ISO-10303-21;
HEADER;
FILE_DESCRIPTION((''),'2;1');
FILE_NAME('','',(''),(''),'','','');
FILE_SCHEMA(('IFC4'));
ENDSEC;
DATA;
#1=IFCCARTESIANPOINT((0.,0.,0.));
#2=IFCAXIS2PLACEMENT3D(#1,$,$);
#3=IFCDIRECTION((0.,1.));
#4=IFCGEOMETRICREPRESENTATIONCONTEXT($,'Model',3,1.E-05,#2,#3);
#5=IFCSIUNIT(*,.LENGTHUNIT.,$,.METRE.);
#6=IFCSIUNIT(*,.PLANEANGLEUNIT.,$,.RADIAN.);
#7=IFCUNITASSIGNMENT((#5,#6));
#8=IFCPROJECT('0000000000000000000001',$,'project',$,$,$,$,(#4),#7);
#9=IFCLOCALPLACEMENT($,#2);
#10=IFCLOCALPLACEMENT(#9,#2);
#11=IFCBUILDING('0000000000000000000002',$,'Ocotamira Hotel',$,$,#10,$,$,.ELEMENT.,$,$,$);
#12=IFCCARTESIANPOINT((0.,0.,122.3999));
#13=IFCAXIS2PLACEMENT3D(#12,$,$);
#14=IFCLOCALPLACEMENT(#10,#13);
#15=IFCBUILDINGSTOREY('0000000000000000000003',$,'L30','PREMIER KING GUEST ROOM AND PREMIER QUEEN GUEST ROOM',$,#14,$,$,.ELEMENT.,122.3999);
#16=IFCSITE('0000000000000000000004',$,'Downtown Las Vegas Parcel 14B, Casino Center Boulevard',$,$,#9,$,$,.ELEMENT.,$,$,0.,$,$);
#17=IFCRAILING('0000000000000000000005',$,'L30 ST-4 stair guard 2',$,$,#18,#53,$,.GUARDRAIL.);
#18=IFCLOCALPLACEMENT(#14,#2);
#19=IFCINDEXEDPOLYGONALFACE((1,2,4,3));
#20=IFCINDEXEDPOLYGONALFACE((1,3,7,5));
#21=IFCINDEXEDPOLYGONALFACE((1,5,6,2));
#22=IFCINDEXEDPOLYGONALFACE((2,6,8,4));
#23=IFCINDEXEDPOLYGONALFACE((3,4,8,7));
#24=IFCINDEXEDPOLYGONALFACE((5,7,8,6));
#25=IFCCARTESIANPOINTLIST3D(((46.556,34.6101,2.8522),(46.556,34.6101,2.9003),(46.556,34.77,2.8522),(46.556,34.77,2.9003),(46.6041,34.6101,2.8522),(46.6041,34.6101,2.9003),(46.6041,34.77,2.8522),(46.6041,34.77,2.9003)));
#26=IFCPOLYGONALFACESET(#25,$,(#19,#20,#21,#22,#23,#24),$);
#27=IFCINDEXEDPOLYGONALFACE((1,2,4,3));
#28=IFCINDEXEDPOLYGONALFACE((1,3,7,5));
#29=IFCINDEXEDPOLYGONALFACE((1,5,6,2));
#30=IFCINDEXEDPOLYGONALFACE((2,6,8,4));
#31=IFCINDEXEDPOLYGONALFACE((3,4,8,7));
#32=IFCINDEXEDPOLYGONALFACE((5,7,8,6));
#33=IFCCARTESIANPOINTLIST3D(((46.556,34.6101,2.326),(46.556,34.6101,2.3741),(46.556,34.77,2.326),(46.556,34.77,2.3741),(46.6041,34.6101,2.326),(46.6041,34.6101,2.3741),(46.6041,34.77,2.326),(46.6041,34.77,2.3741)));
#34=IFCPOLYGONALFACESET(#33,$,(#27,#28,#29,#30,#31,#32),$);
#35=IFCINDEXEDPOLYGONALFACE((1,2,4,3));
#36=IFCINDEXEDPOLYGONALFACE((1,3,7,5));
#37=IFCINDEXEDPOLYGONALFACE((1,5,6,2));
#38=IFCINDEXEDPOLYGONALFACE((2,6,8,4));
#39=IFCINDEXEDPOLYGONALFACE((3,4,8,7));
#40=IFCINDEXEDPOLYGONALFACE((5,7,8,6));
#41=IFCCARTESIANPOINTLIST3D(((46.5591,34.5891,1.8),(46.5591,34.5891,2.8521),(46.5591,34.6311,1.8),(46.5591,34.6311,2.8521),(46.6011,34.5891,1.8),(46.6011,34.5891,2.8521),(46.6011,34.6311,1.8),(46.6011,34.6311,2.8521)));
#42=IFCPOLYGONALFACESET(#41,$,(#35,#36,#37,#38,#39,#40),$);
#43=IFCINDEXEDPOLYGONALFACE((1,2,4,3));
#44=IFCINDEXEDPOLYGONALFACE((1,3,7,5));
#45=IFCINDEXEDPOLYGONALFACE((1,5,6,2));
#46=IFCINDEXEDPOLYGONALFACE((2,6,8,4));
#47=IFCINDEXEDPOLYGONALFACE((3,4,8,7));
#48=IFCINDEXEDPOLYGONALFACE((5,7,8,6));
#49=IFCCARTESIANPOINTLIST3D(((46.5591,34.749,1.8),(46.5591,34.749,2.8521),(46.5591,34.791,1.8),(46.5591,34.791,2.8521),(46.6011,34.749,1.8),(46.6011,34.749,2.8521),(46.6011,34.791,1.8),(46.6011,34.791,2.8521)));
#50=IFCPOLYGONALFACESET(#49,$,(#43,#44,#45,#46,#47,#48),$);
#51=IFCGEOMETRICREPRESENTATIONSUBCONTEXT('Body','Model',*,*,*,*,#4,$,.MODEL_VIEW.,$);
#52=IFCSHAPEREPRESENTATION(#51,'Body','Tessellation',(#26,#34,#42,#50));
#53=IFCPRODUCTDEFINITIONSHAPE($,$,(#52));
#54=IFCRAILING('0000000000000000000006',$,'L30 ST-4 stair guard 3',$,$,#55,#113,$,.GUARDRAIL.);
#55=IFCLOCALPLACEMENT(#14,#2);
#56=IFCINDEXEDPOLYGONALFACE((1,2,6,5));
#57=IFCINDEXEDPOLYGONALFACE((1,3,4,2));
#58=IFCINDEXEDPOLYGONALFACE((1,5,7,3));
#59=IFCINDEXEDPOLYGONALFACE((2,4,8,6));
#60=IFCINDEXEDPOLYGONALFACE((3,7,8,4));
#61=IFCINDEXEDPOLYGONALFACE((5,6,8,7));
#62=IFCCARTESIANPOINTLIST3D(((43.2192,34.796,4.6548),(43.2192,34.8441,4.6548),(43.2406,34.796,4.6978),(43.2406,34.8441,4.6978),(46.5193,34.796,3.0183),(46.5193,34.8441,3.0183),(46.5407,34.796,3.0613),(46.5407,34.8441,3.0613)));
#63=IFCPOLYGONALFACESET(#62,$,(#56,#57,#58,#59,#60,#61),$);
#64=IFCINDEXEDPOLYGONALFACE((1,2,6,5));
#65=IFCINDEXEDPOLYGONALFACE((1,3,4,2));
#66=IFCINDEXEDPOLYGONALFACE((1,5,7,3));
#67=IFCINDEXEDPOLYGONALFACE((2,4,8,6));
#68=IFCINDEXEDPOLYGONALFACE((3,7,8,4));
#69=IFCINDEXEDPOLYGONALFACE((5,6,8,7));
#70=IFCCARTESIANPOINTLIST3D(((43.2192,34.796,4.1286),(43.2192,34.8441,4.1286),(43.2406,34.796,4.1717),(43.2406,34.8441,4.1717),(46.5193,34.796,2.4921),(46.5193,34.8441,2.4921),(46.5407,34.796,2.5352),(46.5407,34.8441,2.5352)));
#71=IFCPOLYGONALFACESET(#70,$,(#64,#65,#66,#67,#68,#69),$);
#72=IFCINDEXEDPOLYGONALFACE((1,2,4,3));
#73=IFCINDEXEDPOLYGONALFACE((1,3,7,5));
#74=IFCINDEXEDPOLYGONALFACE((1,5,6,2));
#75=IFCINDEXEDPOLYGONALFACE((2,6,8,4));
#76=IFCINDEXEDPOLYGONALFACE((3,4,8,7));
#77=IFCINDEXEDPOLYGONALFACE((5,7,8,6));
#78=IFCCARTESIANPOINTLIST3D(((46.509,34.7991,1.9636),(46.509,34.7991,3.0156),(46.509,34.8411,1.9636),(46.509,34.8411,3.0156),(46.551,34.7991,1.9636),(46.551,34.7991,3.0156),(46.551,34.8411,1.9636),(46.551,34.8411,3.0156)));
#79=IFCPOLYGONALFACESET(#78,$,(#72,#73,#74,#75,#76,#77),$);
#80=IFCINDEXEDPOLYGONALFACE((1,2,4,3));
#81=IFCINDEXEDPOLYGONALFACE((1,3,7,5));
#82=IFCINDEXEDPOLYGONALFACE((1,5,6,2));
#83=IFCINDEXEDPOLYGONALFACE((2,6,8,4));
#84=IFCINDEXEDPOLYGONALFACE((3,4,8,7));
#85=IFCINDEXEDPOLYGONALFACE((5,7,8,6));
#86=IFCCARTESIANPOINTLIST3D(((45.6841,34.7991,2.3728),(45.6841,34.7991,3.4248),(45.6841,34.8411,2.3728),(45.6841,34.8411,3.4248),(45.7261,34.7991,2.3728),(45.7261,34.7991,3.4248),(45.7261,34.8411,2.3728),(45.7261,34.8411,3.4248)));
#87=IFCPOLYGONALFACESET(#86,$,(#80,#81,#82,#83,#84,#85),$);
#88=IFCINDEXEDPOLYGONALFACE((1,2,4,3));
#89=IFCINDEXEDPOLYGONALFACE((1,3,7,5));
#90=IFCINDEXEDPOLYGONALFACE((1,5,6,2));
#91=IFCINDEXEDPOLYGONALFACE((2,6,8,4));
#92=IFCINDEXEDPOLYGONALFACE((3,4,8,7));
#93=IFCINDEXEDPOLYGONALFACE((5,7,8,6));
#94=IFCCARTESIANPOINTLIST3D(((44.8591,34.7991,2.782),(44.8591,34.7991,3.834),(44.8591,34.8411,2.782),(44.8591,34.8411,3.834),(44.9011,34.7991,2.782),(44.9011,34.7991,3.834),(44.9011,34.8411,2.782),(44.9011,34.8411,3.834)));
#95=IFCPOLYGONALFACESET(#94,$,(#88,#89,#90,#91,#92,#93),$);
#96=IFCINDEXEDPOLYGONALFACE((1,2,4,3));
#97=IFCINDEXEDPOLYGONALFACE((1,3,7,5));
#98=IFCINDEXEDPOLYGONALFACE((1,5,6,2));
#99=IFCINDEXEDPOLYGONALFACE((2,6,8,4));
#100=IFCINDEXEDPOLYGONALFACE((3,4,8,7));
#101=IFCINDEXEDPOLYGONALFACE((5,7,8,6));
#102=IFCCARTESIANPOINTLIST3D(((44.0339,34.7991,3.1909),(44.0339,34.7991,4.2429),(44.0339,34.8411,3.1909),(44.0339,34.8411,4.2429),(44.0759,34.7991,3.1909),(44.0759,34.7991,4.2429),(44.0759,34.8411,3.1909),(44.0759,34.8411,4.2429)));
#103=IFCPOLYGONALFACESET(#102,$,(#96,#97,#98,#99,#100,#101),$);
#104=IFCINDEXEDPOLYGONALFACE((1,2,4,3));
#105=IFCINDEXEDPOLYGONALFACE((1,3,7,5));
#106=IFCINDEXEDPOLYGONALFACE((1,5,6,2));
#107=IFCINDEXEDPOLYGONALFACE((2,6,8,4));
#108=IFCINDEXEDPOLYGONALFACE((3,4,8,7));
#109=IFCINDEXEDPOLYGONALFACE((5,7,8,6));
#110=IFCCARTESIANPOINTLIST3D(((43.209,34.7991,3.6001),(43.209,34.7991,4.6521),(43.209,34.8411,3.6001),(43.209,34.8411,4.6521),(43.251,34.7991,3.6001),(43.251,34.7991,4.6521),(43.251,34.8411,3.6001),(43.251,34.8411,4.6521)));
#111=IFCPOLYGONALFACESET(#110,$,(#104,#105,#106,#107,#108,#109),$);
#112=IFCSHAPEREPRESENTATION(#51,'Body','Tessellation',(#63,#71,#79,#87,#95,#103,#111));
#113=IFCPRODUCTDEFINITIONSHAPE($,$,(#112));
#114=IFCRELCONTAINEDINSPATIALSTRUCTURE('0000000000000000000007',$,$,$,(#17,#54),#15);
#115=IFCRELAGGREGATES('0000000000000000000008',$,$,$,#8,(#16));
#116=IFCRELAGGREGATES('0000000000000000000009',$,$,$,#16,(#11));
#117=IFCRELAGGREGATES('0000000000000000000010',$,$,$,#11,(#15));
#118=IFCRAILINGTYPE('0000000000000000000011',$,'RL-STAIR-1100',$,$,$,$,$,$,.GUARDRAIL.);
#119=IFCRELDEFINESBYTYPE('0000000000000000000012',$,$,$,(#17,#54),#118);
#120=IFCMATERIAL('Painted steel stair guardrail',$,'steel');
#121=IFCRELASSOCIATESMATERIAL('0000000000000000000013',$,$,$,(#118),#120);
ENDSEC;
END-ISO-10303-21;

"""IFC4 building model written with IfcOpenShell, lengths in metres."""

from ifc_helpers import new_model, si_unit, direction, frame, origin, origin_2d, place, context, subcontext, project, spatial, rectangle, extrude, material, type_object, element, save


model = new_model("IFC4")

# Units and contexts
model_context = context("Model", 3, precision=1e-05, world=origin(), true_north=direction((0.0, 1.0)))
body_context = subcontext(model_context, "Body", "Model", "MODEL_VIEW")
ifc_project = project(units=[si_unit("LENGTHUNIT", "METRE"), si_unit("PLANEANGLEUNIT", "RADIAN")], contexts=[model_context])

# Site, building, storey
site_placement = place(None, origin())
site = spatial("IfcSite", under=ifc_project, at=site_placement, Name="Downtown Las Vegas Parcel 14B, Casino Center Boulevard", CompositionType="ELEMENT", RefElevation=0.0)
building_placement = place(site_placement, origin())
building = spatial("IfcBuilding", under=site, at=building_placement, Name="Ocotamira Hotel", CompositionType="ELEMENT")
storey_placement = place(building_placement, frame((0.0, 0.0, 122.3999)))
storey = spatial("IfcBuildingStorey", under=building, at=storey_placement, Name="L30", Description="PREMIER KING GUEST ROOM AND PREMIER QUEEN GUEST ROOM", CompositionType="ELEMENT", Elevation=122.3999)

# Railings
ifc_material_1 = material(Name="Painted steel stair guardrail", Category="steel")
railing_type_1 = type_object("IfcRailingType", Name="RL-STAIR-1100", PredefinedType="GUARDRAIL", material=ifc_material_1)
railing_1_placement = place(storey_placement, frame((46.5801, 34.6101, 1.8)))
element("IfcRailing", 1, at=railing_1_placement, inside=storey, type_object=railing_type_1, Name="L30 ST-4 stair guard 2", PredefinedType="GUARDRAIL", context=body_context, shape_type="SweptSolid", body=[
    extrude(rectangle(XDim=0.0481, YDim=0.0481, at=origin_2d()), frame((0.0, 0.0, 1.0762), z_axis=(0.0, 1.0, 0.0), x_axis=(-1.0, 0.0, 0.0)), (0.0, 0.0, 1.0), 0.1599),
    extrude(rectangle(XDim=0.0481, YDim=0.0481, at=origin_2d()), frame((0.0, 0.0, 0.55), z_axis=(0.0, 1.0, 0.0), x_axis=(-1.0, 0.0, 0.0)), (0.0, 0.0, 1.0), 0.1599),
    extrude(rectangle(XDim=0.042, YDim=0.042, at=origin_2d()), origin(), (0.0, 0.0, 1.0), 1.052),
    extrude(rectangle(XDim=0.042, YDim=0.042, at=origin_2d()), frame((0.0, 0.1599, 0.0)), (0.0, 0.0, 1.0), 1.052),
])
railing_2_placement = place(storey_placement, frame((46.53, 34.8201, 1.9636)))
element("IfcRailing", 2, at=railing_2_placement, inside=storey, type_object=railing_type_1, Name="L30 ST-4 stair guard 3", PredefinedType="GUARDRAIL", context=body_context, shape_type="SweptSolid", body=[
    extrude(rectangle(XDim=0.0481, YDim=0.0481, at=origin_2d()), frame((0.0, 0.0, 1.0762), z_axis=(-0.895894, 0.0, 0.444268), x_axis=(0.0, -1.0, 0.0)), (0.0, 0.0, 1.0), 3.6836),
    extrude(rectangle(XDim=0.0481, YDim=0.0481, at=origin_2d()), frame((0.0, 0.0, 0.55), z_axis=(-0.895894, 0.0, 0.444268), x_axis=(0.0, -1.0, 0.0)), (0.0, 0.0, 1.0), 3.6836),
    extrude(rectangle(XDim=0.042, YDim=0.042, at=origin_2d()), origin(), (0.0, 0.0, 1.0), 1.052),
    extrude(rectangle(XDim=0.042, YDim=0.042, at=origin_2d()), frame((-0.825, 0.0, 0.4092)), (0.0, 0.0, 1.0), 1.052),
    extrude(rectangle(XDim=0.042, YDim=0.042, at=origin_2d()), frame((-1.6499, 0.0, 0.8184)), (0.0, 0.0, 1.0), 1.052),
    extrude(rectangle(XDim=0.042, YDim=0.042, at=origin_2d()), frame((-2.4751, 0.0, 1.2273)), (0.0, 0.0, 1.0), 1.052),
    extrude(rectangle(XDim=0.042, YDim=0.042, at=origin_2d()), frame((-3.3, 0.0, 1.6365)), (0.0, 0.0, 1.0), 1.052),
])

save(model, "model.ifc")
